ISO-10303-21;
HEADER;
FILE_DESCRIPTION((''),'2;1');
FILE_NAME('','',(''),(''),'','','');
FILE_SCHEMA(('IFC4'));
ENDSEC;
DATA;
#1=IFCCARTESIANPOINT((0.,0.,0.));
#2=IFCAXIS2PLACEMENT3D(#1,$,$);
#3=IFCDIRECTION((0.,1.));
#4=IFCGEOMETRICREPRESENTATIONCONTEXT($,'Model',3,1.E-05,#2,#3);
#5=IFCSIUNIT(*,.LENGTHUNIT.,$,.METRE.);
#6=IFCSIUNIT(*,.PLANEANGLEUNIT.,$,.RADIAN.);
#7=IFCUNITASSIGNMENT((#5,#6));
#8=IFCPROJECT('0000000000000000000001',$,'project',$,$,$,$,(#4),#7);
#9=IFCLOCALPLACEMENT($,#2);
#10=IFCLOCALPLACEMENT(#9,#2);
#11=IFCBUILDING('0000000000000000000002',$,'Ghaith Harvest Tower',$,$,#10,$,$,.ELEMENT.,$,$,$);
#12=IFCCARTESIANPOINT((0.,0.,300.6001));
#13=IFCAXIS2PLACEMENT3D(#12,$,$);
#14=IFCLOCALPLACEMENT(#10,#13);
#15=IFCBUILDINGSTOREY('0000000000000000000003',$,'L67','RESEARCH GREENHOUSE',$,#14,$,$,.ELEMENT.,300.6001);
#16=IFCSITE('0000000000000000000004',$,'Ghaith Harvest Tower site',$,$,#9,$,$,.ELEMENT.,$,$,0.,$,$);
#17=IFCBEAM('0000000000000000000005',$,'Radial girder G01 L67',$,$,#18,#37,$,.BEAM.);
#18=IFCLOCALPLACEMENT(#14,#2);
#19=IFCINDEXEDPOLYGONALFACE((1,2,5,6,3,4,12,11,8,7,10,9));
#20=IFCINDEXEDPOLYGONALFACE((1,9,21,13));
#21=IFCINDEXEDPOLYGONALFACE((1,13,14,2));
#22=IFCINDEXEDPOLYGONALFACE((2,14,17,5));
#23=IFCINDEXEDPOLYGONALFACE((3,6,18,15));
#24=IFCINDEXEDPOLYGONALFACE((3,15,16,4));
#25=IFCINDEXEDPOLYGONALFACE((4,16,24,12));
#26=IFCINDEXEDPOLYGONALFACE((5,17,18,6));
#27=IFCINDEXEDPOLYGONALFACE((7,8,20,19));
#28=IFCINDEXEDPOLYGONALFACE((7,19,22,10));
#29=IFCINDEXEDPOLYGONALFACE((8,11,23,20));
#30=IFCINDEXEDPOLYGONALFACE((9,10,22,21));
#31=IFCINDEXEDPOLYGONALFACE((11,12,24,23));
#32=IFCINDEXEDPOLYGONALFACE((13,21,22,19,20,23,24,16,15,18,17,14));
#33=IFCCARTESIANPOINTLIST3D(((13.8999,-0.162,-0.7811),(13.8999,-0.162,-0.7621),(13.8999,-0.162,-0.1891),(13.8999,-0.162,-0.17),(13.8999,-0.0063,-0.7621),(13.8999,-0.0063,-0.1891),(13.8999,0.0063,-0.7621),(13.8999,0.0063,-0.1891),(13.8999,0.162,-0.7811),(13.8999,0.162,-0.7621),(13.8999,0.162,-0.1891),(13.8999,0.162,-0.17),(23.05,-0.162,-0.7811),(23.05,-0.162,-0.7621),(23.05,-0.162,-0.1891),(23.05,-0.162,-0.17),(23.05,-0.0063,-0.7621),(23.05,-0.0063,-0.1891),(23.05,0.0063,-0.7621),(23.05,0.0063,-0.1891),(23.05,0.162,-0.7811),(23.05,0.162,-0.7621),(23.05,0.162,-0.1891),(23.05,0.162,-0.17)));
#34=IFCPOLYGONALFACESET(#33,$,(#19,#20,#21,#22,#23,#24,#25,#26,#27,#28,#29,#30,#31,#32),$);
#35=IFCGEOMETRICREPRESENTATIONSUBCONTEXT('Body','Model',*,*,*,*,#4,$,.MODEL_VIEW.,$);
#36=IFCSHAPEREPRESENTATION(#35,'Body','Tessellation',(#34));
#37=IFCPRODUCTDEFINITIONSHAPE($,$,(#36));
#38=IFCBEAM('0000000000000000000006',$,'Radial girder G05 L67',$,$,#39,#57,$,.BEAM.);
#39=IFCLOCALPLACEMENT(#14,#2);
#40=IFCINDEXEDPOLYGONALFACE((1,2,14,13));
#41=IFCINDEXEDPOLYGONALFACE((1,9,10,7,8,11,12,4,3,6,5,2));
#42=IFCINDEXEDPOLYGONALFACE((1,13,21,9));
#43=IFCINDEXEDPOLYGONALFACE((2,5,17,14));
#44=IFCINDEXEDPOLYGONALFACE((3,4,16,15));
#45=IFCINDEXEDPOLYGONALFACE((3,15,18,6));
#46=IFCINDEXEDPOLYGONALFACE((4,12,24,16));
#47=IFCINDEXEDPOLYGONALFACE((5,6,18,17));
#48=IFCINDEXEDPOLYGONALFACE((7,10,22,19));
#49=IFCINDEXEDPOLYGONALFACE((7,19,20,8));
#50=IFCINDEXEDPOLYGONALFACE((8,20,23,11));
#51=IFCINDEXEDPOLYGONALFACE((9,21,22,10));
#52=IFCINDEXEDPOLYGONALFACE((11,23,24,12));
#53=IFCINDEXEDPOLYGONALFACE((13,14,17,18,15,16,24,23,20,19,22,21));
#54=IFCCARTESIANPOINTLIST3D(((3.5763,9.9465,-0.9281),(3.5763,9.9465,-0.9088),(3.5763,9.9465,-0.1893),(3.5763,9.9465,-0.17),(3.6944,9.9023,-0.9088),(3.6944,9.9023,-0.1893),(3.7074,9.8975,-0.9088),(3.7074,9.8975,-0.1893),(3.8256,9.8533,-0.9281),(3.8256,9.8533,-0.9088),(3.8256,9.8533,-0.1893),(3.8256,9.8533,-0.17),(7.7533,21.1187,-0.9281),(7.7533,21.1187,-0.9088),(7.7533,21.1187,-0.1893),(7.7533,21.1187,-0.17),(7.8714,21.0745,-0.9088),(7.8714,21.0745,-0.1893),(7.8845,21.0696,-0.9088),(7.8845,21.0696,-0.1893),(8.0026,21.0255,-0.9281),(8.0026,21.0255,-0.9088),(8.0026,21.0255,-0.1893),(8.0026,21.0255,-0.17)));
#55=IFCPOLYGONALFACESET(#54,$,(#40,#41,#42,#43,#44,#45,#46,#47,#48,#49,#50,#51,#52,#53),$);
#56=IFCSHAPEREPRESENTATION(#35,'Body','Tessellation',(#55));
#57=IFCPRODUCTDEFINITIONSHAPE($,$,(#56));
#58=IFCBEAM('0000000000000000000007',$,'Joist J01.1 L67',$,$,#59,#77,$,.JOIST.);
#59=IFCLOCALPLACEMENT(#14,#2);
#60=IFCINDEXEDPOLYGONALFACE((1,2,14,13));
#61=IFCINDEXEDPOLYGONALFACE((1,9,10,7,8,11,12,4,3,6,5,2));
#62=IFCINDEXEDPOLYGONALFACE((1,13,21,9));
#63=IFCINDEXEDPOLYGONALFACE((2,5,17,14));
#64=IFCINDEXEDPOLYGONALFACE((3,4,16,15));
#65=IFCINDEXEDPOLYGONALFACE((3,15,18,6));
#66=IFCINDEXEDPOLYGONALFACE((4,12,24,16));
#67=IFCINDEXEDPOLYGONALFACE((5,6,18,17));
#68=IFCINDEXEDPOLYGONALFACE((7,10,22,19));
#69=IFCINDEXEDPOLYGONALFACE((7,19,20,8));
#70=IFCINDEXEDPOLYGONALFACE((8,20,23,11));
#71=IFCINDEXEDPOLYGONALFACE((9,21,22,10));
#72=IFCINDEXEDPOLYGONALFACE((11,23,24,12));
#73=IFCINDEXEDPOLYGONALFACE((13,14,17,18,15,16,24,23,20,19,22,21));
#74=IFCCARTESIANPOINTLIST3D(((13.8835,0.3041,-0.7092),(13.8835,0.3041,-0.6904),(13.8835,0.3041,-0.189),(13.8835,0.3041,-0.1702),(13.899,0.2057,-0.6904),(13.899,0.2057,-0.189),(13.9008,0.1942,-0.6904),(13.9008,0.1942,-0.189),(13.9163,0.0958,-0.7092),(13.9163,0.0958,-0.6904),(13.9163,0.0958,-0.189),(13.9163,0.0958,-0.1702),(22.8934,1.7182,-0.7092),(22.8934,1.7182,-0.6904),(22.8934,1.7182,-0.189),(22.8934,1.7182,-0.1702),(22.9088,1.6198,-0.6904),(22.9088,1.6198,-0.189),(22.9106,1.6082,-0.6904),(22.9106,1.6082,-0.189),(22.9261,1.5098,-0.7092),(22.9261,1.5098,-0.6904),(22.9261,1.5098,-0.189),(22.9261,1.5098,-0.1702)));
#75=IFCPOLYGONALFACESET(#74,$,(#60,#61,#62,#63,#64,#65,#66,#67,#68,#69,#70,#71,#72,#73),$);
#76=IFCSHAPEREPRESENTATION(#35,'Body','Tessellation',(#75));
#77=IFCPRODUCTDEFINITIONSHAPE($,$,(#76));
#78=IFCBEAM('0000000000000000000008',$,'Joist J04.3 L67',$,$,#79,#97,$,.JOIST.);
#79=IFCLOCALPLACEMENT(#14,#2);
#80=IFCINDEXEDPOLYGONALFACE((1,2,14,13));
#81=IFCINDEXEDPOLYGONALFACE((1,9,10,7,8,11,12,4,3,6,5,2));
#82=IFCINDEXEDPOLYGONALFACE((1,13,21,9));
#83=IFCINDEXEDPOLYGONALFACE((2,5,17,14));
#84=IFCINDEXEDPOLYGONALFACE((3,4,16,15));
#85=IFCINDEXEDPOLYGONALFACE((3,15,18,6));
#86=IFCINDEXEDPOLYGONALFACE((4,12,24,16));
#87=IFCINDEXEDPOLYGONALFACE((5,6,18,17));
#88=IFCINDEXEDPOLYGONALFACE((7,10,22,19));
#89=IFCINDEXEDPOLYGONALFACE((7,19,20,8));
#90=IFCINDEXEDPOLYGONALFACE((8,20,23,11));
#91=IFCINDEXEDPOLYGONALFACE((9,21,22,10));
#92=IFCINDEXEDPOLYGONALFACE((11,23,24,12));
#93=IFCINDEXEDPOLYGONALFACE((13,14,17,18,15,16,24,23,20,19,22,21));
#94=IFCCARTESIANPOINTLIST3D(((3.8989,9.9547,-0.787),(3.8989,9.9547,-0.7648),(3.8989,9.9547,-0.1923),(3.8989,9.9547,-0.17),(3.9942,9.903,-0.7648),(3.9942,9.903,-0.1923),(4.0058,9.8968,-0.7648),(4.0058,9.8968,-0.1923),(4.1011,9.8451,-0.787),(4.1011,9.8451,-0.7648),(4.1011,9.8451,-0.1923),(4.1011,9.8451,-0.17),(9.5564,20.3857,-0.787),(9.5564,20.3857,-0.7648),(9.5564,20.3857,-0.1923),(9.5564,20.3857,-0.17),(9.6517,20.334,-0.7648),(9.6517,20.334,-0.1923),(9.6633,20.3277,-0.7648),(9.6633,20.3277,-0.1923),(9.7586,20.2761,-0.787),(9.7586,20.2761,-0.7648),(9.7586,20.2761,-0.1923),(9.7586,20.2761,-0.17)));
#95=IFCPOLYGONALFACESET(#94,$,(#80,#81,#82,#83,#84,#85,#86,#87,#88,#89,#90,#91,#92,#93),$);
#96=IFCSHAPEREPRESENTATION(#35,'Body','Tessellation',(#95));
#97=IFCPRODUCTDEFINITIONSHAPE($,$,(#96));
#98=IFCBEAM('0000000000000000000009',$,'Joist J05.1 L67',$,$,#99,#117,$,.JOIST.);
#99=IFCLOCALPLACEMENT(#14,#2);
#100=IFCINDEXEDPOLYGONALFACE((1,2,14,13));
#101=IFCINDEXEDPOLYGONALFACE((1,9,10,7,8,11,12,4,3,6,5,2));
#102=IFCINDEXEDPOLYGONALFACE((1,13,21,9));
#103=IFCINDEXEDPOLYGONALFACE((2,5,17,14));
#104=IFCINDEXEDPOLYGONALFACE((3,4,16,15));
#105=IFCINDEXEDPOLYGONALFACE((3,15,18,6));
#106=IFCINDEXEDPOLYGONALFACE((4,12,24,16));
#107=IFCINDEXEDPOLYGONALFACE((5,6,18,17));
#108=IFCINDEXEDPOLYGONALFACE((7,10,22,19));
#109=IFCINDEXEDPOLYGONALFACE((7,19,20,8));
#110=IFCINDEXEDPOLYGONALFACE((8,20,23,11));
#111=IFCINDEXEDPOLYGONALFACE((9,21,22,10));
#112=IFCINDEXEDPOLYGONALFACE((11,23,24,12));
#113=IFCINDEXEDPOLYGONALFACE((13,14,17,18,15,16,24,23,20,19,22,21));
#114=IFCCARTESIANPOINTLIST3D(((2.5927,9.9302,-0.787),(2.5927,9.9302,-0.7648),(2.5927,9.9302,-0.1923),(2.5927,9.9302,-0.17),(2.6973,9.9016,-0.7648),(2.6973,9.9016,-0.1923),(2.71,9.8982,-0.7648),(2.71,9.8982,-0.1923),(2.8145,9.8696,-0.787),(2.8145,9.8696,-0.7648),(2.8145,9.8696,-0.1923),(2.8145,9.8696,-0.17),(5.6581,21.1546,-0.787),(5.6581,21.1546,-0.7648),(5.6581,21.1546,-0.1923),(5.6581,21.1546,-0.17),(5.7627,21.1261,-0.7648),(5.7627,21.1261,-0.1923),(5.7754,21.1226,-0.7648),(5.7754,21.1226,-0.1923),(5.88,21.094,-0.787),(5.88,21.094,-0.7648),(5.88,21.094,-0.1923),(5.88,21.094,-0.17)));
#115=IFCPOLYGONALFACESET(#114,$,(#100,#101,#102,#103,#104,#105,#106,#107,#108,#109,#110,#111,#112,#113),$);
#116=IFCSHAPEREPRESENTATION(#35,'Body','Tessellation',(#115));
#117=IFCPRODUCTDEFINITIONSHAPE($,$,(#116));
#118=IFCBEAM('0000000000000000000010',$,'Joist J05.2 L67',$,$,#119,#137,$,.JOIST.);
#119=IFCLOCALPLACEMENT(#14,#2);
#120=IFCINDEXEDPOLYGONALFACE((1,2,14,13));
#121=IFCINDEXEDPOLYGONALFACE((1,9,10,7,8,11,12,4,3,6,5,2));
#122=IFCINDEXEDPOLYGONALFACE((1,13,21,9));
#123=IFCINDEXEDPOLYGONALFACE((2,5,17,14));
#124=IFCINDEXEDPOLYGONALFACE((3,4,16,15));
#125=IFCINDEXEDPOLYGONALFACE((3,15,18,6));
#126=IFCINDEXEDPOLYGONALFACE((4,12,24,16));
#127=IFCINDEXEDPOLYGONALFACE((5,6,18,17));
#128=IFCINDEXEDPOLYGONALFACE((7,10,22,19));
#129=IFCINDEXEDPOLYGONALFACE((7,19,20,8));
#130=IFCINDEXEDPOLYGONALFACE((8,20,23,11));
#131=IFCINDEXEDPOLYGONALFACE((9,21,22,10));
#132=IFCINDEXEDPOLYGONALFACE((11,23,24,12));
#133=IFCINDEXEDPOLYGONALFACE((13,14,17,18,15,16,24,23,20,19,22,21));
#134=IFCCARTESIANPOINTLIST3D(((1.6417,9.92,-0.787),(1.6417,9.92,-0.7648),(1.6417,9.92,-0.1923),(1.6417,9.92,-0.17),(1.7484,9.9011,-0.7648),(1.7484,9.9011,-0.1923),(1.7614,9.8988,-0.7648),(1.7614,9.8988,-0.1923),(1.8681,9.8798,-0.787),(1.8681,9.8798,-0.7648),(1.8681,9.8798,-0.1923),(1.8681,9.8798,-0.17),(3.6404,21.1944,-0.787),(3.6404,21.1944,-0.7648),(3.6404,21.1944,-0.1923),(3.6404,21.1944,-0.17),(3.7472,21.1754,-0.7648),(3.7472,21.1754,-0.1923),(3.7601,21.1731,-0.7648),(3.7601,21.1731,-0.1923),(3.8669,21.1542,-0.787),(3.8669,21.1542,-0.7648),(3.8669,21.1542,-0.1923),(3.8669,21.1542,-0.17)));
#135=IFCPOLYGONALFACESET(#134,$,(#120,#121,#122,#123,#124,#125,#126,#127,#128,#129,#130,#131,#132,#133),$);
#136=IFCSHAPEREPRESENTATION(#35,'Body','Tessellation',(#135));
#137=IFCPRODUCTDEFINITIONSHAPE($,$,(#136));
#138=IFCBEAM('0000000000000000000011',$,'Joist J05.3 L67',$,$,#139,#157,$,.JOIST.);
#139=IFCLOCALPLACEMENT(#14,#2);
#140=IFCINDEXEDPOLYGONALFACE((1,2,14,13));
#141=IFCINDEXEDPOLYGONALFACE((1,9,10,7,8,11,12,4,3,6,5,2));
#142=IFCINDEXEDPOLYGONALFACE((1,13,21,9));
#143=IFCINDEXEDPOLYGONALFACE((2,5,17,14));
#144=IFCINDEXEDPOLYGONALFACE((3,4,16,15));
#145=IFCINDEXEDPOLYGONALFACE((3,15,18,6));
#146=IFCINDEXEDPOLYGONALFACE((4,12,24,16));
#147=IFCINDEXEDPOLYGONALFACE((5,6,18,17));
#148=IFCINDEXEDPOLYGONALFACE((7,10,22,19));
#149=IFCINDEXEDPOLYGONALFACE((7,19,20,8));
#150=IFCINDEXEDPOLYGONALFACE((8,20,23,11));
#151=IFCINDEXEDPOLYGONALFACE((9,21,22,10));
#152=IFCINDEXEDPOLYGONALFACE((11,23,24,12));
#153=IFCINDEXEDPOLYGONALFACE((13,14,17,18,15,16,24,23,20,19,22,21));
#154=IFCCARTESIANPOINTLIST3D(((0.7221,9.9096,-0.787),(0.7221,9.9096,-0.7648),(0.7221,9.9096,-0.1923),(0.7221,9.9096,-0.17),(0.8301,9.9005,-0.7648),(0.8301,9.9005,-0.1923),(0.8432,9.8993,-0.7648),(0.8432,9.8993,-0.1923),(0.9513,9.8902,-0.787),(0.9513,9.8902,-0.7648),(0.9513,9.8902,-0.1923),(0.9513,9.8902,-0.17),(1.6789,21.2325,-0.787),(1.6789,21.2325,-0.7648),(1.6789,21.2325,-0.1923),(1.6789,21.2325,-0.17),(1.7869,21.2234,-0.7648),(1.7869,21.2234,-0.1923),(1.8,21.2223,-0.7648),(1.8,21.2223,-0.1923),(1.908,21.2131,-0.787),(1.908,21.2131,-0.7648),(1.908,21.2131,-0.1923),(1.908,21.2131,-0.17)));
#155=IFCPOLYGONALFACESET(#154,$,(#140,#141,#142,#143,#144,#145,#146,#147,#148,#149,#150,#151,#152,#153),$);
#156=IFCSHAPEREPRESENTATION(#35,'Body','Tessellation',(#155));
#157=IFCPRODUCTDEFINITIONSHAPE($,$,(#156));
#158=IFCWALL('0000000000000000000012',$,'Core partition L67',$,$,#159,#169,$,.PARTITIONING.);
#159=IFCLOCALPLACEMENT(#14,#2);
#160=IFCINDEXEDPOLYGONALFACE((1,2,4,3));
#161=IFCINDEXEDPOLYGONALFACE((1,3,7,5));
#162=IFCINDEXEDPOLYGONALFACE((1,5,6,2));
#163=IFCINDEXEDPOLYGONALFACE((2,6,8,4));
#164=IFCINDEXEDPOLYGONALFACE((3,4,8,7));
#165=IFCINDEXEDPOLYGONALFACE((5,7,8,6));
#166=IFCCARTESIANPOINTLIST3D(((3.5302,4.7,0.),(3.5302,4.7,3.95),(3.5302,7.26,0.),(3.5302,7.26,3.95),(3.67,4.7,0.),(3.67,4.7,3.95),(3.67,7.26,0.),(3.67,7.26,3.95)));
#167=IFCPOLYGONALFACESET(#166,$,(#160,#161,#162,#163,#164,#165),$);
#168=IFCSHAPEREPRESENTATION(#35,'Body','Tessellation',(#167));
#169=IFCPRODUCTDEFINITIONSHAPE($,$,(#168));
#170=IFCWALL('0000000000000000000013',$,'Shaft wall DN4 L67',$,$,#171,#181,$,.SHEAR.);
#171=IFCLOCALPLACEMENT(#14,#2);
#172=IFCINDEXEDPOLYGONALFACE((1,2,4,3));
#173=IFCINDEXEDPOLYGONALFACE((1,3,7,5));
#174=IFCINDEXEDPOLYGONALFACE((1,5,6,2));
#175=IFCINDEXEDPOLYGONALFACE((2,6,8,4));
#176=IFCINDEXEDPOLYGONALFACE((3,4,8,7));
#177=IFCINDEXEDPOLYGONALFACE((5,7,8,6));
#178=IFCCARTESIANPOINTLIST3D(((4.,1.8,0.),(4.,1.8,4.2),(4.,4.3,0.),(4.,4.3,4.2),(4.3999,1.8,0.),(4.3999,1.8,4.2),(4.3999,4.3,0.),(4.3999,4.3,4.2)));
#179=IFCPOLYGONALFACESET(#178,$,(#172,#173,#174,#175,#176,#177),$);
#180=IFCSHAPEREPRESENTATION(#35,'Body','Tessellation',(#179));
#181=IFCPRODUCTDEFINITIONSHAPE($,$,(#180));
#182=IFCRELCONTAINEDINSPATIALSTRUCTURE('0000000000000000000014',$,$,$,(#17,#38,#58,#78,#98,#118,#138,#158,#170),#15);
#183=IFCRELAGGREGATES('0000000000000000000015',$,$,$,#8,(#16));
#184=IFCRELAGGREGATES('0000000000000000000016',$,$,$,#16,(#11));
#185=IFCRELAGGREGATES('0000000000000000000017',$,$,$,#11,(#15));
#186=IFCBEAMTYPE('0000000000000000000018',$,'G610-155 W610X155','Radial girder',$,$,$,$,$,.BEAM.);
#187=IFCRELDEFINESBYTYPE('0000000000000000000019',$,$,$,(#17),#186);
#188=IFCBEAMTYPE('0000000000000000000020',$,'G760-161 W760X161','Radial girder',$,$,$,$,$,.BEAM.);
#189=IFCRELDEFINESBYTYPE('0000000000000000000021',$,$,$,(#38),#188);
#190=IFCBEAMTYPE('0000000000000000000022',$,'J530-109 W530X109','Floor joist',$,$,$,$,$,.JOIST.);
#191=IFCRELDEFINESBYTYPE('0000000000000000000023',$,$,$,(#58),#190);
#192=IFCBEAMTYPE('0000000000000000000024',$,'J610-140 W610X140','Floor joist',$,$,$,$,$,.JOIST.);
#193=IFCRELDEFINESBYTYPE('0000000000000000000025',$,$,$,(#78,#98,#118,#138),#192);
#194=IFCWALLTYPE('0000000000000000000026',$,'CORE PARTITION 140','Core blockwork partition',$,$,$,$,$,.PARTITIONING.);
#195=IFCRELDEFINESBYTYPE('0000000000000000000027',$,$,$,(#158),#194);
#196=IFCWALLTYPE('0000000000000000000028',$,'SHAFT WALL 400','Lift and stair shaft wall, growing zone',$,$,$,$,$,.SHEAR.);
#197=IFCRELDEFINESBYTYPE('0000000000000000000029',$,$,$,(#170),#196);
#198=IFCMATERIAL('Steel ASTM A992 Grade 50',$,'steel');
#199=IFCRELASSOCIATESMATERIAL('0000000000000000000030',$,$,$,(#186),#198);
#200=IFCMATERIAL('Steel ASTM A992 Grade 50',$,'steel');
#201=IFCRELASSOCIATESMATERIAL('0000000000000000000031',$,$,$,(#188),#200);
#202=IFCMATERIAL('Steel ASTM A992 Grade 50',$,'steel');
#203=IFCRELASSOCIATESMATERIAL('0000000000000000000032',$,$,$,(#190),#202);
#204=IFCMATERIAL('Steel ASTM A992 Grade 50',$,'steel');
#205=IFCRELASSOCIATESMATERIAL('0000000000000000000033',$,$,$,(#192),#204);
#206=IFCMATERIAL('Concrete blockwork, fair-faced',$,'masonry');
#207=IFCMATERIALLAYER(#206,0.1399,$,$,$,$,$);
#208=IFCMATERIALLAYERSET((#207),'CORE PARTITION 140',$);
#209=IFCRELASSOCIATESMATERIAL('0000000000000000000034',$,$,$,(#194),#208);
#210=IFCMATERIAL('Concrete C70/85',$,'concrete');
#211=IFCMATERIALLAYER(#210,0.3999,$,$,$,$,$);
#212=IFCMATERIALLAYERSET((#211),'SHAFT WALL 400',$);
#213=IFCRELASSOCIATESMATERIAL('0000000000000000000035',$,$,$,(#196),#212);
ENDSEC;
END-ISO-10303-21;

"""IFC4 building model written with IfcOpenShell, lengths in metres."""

from ifc_helpers import new_model, si_unit, direction, frame, frame_2d, origin, origin_2d, place, context, subcontext, project, spatial, rectangle, i_section, extrude, material, layer, layer_set, material_profile, profile_set, type_object, element, save


model = new_model("IFC4")

# Units and contexts
model_context = context("Model", 3, precision=1e-05, world=origin(), true_north=direction((0.0, 1.0)))
body_context = subcontext(model_context, "Body", "Model", "MODEL_VIEW")
ifc_project = project(units=[si_unit("LENGTHUNIT", "METRE"), si_unit("PLANEANGLEUNIT", "RADIAN")], contexts=[model_context])

# Site, building, storey
site_placement = place(None, origin())
site = spatial("IfcSite", under=ifc_project, at=site_placement, Name="Ghaith Harvest Tower site", CompositionType="ELEMENT", RefElevation=0.0)
building_placement = place(site_placement, origin())
building = spatial("IfcBuilding", under=site, at=building_placement, Name="Ghaith Harvest Tower", CompositionType="ELEMENT")
storey_placement = place(building_placement, frame((0.0, 0.0, 300.6001)))
storey = spatial("IfcBuildingStorey", under=building, at=storey_placement, Name="L67", Description="RESEARCH GREENHOUSE", CompositionType="ELEMENT", Elevation=300.6001)

# Beams
ifc_material_1 = material(Name="Steel ASTM A992 Grade 50", Category="steel")
ifc_material_profile_1 = material_profile(ifc_material_1, i_section(OverallWidth=0.324, OverallDepth=0.6111, WebThickness=0.0127, FlangeThickness=0.019, at=origin_2d()), Name="W610X155")
ifc_profile_set_1 = profile_set([ifc_material_profile_1], Name="Steel ASTM A992 Grade 50")
beam_type_1 = type_object("IfcBeamType", Name="G610-155 W610X155", Description="Radial girder", PredefinedType="BEAM", material=ifc_profile_set_1)
beam_1_placement = place(storey_placement, frame((13.8999, 0.0, -0.4756), z_axis=(1.0, 0.0, 0.0), x_axis=(0.0, 1.0, 0.0)))
element("IfcBeam", 1, at=beam_1_placement, inside=storey, type_object=beam_type_1, Name="Radial girder G01 L67", PredefinedType="BEAM", context=body_context, shape_type="SweptSolid", body=[
    extrude(i_section(OverallWidth=0.324, OverallDepth=0.6111, WebThickness=0.0127, FlangeThickness=0.019, at=origin_2d()), origin(), (0.0, 0.0, 1.0), 9.1501),
])
ifc_material_2 = material(Name="Steel ASTM A992 Grade 50", Category="steel")
ifc_material_profile_2 = material_profile(ifc_material_2, i_section(OverallWidth=0.2661, OverallDepth=0.7581, WebThickness=0.0139, FlangeThickness=0.0193, at=origin_2d()), Name="W760X161")
ifc_profile_set_2 = profile_set([ifc_material_profile_2], Name="Steel ASTM A992 Grade 50")
beam_type_2 = type_object("IfcBeamType", Name="G760-161 W760X161", Description="Radial girder", PredefinedType="BEAM", material=ifc_profile_set_2)
beam_2_placement = place(storey_placement, frame((3.7009, 9.8999, -0.5491), z_axis=(0.350201, 0.936674, 0.0), x_axis=(-0.936674, 0.350201, 0.0)))
element("IfcBeam", 2, at=beam_2_placement, inside=storey, type_object=beam_type_2, Name="Radial girder G05 L67", PredefinedType="BEAM", context=body_context, shape_type="SweptSolid", body=[
    extrude(i_section(OverallWidth=0.2661, OverallDepth=0.7581, WebThickness=0.0139, FlangeThickness=0.0193, at=origin_2d()), origin(), (0.0, 0.0, 1.0), 11.9275),
])
ifc_material_3 = material(Name="Steel ASTM A992 Grade 50", Category="steel")
ifc_material_profile_3 = material_profile(ifc_material_3, i_section(OverallWidth=0.2109, OverallDepth=0.5391, WebThickness=0.0117, FlangeThickness=0.0188, at=origin_2d()), Name="W530X109")
ifc_profile_set_3 = profile_set([ifc_material_profile_3], Name="Steel ASTM A992 Grade 50")
beam_type_3 = type_object("IfcBeamType", Name="J530-109 W530X109", Description="Floor joist", PredefinedType="JOIST", material=ifc_profile_set_3)
beam_3_placement = place(storey_placement, frame((13.8999, 0.2, -0.4397), z_axis=(0.987907, 0.15505, 0.0), x_axis=(-0.15505, 0.987907, 0.0)))
element("IfcBeam", 3, at=beam_3_placement, inside=storey, type_object=beam_type_3, Name="Joist J01.1 L67", PredefinedType="JOIST", context=body_context, shape_type="SweptSolid", body=[
    extrude(i_section(OverallWidth=0.2109, OverallDepth=0.5391, WebThickness=0.0117, FlangeThickness=0.0188, at=origin_2d()), origin(), (0.0, 0.0, 1.0), 9.1201),
])
ifc_material_4 = material(Name="Steel ASTM A992 Grade 50", Category="steel")
ifc_material_profile_4 = material_profile(ifc_material_4, i_section(OverallWidth=0.23, OverallDepth=0.6169, WebThickness=0.0132, FlangeThickness=0.0222, at=origin_2d()), Name="W610X140")
ifc_profile_set_4 = profile_set([ifc_material_profile_4], Name="Steel ASTM A992 Grade 50")
beam_type_4 = type_object("IfcBeamType", Name="J610-140 W610X140", Description="Floor joist", PredefinedType="JOIST", material=ifc_profile_set_4)
beam_4_placement = place(storey_placement, frame((4.0, 9.8999, -0.4785), z_axis=(0.476765, 0.879031, 0.0), x_axis=(-0.879031, 0.476765, 0.0)))
element("IfcBeam", 4, at=beam_4_placement, inside=storey, type_object=beam_type_4, Name="Joist J04.3 L67", PredefinedType="JOIST", context=body_context, shape_type="SweptSolid", body=[
    extrude(i_section(OverallWidth=0.23, OverallDepth=0.6169, WebThickness=0.0132, FlangeThickness=0.0222, at=origin_2d()), origin(), (0.0, 0.0, 1.0), 11.8665),
])
beam_5_placement = place(storey_placement, frame((2.7036, 9.8999, -0.4785), z_axis=(0.263456, 0.964671, 0.0), x_axis=(-0.964671, 0.263456, 0.0)))
element("IfcBeam", 5, at=beam_5_placement, inside=storey, type_object=beam_type_4, Name="Joist J05.1 L67", PredefinedType="JOIST", context=body_context, shape_type="SweptSolid", body=[
    extrude(i_section(OverallWidth=0.23, OverallDepth=0.6169, WebThickness=0.0132, FlangeThickness=0.0222, at=origin_2d()), origin(), (0.0, 0.0, 1.0), 11.6355),
])
beam_6_placement = place(storey_placement, frame((1.7549, 9.8999, -0.4785), z_axis=(0.174563, 0.984646, 0.0), x_axis=(-0.984646, 0.174563, 0.0)))
element("IfcBeam", 6, at=beam_6_placement, inside=storey, type_object=beam_type_4, Name="Joist J05.2 L67", PredefinedType="JOIST", context=body_context, shape_type="SweptSolid", body=[
    extrude(i_section(OverallWidth=0.23, OverallDepth=0.6169, WebThickness=0.0132, FlangeThickness=0.0222, at=origin_2d()), origin(), (0.0, 0.0, 1.0), 11.4502),
])
beam_7_placement = place(storey_placement, frame((0.8367, 9.8999, -0.4785), z_axis=(0.084199, 0.996449, 0.0), x_axis=(-0.996449, 0.084199, 0.0)))
element("IfcBeam", 7, at=beam_7_placement, inside=storey, type_object=beam_type_4, Name="Joist J05.3 L67", PredefinedType="JOIST", context=body_context, shape_type="SweptSolid", body=[
    extrude(i_section(OverallWidth=0.23, OverallDepth=0.6169, WebThickness=0.0132, FlangeThickness=0.0222, at=origin_2d()), origin(), (0.0, 0.0, 1.0), 11.3633),
])

# Wall
ifc_material_5 = material(Name="Concrete blockwork, fair-faced", Category="masonry")
ifc_layer_1 = layer(ifc_material_5, 0.1399)
ifc_layer_set_1 = layer_set([ifc_layer_1], Name="CORE PARTITION 140")
wall_type_1 = type_object("IfcWallType", Name="CORE PARTITION 140", Description="Core blockwork partition", PredefinedType="PARTITIONING", material=ifc_layer_set_1)
wall_1_placement = place(storey_placement, frame((3.6001, 4.7, 0.0), z_axis=(0.0, 0.0, 1.0), x_axis=(0.0, 1.0, 0.0)))
element("IfcWall", 8, at=wall_1_placement, inside=storey, type_object=wall_type_1, Name="Core partition L67", PredefinedType="PARTITIONING", context=body_context, shape_type="SweptSolid", body=[
    extrude(rectangle(XDim=2.5601, YDim=0.1399, at=frame_2d((1.28, 0.0))), origin(), (0.0, 0.0, 1.0), 3.95),
])

# Shared definitions
ifc_material_6 = material(Name="Concrete C70/85", Category="concrete")
ifc_layer_2 = layer(ifc_material_6, 0.3999)
ifc_layer_set_2 = layer_set([ifc_layer_2], Name="SHAFT WALL 400")
wall_type_2 = type_object("IfcWallType", Name="SHAFT WALL 400", Description="Lift and stair shaft wall, growing zone", PredefinedType="SHEAR", material=ifc_layer_set_2)

# Wall
wall_2_placement = place(storey_placement, frame((4.2, 1.8, 0.0), z_axis=(0.0, 0.0, 1.0), x_axis=(0.0, 1.0, 0.0)))
element("IfcWall", 9, at=wall_2_placement, inside=storey, type_object=wall_type_2, Name="Shaft wall DN4 L67", PredefinedType="SHEAR", context=body_context, shape_type="SweptSolid", body=[
    extrude(rectangle(XDim=2.5, YDim=0.3999, at=frame_2d((1.25, 0.0))), origin(), (0.0, 0.0, 1.0), 4.2),
])

save(model, "model.ifc")
